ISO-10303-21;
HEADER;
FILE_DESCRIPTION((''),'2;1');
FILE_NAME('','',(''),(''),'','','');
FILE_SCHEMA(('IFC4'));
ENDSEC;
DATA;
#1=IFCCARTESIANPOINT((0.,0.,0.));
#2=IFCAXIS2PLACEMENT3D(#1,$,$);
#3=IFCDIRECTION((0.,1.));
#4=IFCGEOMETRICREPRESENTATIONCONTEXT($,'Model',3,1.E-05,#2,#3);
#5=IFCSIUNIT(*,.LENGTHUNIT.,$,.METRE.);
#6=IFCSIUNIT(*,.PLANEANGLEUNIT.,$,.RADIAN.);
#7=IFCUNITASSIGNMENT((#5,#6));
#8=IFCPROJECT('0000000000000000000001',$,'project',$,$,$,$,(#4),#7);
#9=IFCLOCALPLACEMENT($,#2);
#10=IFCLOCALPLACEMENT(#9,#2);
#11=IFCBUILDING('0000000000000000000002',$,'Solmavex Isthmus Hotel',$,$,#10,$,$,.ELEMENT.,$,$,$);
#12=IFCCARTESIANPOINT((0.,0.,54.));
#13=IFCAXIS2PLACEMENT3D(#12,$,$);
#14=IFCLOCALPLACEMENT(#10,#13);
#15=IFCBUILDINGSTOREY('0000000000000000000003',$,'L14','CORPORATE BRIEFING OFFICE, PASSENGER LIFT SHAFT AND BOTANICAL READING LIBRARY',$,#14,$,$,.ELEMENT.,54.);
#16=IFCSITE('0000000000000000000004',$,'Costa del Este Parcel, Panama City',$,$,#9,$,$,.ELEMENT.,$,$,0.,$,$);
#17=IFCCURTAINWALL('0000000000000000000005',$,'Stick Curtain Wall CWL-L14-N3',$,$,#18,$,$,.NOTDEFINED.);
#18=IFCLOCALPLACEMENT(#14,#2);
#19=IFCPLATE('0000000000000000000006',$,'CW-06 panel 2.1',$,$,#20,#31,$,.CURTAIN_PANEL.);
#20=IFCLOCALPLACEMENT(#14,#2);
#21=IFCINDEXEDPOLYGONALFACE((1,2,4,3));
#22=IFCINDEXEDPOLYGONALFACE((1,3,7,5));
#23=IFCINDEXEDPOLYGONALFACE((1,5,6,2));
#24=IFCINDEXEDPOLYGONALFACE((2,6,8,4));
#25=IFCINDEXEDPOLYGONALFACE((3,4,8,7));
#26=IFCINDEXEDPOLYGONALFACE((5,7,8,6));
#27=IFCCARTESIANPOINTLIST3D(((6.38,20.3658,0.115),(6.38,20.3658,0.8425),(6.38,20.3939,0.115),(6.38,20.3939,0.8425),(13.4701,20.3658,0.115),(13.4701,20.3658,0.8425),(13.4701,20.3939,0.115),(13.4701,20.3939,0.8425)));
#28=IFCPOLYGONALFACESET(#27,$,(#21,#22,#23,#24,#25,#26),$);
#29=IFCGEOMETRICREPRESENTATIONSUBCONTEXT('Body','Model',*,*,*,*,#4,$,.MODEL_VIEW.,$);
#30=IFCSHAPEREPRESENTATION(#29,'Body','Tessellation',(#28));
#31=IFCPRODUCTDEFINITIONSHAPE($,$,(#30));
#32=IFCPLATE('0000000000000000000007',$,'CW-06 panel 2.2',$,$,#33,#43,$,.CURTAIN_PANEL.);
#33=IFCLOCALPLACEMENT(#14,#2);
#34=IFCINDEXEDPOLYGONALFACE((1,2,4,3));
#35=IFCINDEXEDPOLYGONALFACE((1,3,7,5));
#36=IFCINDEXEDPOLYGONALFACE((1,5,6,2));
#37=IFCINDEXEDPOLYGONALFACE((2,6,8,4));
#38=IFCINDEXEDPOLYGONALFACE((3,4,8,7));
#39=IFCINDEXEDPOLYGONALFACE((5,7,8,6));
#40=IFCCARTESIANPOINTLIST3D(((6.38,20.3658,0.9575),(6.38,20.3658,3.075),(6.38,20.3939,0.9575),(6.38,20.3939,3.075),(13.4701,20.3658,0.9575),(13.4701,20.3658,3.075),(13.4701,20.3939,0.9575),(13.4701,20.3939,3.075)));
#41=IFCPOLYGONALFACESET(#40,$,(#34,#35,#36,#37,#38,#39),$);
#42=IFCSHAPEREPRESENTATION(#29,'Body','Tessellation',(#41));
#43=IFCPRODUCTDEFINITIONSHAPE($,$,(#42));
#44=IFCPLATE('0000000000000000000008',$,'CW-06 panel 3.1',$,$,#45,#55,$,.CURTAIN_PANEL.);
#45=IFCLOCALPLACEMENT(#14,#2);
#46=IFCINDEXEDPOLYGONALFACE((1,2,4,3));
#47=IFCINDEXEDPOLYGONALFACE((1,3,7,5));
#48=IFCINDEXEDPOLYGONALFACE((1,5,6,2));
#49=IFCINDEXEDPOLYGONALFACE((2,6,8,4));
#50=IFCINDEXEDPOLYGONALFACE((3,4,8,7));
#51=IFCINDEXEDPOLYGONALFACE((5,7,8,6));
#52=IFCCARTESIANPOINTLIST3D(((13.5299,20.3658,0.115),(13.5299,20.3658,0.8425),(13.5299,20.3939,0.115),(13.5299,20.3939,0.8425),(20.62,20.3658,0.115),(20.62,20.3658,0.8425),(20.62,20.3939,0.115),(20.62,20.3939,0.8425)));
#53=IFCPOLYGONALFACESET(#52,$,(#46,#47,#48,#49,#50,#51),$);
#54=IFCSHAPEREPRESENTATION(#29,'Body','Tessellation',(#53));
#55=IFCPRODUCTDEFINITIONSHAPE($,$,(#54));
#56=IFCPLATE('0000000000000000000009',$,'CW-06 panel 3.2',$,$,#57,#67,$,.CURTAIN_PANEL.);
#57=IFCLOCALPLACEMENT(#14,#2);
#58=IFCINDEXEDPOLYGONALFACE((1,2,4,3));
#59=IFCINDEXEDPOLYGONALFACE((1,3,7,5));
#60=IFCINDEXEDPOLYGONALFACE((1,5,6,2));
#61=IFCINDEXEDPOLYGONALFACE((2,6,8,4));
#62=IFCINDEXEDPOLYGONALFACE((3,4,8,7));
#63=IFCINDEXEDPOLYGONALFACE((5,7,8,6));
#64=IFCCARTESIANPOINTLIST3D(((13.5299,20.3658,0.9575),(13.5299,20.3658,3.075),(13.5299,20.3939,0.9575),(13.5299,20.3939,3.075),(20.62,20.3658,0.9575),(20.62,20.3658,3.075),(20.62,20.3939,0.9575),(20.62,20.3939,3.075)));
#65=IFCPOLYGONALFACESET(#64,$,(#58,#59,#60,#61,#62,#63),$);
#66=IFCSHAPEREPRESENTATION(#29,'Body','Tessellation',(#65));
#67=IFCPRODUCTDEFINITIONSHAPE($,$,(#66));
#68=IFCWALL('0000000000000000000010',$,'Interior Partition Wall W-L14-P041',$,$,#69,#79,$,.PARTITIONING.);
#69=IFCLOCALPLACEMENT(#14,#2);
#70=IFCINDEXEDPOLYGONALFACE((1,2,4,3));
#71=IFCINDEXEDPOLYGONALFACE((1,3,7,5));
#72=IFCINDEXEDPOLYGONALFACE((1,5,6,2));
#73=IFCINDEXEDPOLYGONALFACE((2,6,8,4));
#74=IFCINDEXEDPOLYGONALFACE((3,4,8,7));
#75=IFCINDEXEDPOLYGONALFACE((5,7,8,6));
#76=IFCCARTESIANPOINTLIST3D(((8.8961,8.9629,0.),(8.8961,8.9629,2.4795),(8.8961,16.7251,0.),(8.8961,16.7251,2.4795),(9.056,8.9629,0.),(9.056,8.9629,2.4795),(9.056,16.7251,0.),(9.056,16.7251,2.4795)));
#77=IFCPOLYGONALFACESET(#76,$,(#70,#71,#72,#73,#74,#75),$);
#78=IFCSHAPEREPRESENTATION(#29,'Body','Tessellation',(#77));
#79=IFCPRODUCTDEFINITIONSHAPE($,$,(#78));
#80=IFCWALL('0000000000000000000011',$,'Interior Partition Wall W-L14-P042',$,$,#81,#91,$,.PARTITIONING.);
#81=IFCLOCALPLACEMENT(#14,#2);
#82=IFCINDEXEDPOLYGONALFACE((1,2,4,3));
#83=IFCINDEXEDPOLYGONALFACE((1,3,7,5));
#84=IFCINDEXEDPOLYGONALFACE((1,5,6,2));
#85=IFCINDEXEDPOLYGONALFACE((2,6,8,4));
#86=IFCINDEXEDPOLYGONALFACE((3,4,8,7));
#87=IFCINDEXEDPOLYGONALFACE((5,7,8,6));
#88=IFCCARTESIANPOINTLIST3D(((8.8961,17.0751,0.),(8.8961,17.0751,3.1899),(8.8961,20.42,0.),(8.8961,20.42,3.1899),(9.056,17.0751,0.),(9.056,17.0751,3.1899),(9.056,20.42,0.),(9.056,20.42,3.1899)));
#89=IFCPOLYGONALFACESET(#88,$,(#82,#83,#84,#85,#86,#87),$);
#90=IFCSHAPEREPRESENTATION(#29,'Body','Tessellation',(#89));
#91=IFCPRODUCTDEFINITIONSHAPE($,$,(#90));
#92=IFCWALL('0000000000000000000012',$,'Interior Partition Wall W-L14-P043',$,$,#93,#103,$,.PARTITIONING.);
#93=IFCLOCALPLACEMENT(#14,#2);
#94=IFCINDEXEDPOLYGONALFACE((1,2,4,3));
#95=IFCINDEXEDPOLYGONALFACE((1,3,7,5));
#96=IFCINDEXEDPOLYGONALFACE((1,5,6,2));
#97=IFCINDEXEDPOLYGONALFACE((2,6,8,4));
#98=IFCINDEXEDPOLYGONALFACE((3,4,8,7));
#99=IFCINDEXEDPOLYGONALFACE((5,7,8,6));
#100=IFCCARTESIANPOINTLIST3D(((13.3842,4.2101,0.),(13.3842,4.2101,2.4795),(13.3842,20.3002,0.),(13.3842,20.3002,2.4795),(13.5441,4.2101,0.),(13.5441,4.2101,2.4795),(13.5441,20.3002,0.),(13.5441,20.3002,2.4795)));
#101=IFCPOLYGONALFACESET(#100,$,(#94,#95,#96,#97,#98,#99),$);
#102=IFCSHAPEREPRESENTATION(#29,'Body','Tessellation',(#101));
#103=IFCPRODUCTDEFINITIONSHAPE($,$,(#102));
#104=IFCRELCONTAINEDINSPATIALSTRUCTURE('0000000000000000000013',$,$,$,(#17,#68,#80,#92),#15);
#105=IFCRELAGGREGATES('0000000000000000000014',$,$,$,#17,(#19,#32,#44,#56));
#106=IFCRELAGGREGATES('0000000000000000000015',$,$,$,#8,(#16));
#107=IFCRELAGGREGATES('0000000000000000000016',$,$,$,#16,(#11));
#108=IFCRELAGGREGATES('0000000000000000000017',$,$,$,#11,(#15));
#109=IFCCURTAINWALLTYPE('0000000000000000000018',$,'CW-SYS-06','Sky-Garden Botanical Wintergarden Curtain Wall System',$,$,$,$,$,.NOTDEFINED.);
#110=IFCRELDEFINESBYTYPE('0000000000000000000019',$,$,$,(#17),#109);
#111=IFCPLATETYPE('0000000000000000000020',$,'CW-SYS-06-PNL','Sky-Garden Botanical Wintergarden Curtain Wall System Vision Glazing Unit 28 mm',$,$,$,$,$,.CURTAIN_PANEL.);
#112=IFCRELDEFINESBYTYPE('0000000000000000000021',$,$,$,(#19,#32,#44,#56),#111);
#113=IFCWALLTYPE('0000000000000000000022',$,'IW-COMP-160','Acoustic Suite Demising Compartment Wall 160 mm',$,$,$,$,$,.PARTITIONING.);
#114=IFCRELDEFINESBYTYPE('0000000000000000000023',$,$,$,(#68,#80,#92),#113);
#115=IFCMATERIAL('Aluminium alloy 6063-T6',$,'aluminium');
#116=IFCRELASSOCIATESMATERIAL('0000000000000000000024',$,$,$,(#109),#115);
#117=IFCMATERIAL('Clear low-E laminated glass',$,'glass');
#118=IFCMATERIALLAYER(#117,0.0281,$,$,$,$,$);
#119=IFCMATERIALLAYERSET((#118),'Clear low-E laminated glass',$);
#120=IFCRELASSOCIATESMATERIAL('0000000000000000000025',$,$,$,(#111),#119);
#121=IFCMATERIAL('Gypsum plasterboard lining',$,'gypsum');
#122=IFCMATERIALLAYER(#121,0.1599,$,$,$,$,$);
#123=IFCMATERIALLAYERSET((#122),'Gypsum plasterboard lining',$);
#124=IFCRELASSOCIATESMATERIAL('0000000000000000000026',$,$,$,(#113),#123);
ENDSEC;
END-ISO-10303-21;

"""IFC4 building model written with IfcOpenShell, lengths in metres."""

from ifc_helpers import new_model, si_unit, direction, frame, frame_2d, origin, origin_2d, place, context, subcontext, project, spatial, rectangle, extrude, material, layer, layer_set, type_object, element, aggregate, save


model = new_model("IFC4")

# Units and contexts
model_context = context("Model", 3, precision=1e-05, world=origin(), true_north=direction((0.0, 1.0)))
body_context = subcontext(model_context, "Body", "Model", "MODEL_VIEW")
ifc_project = project(units=[si_unit("LENGTHUNIT", "METRE"), si_unit("PLANEANGLEUNIT", "RADIAN")], contexts=[model_context])

# Site, building, storey
site_placement = place(None, origin())
site = spatial("IfcSite", under=ifc_project, at=site_placement, Name="Costa del Este Parcel, Panama City", CompositionType="ELEMENT", RefElevation=0.0)
building_placement = place(site_placement, origin())
building = spatial("IfcBuilding", under=site, at=building_placement, Name="Solmavex Isthmus Hotel", CompositionType="ELEMENT")
storey_placement = place(building_placement, frame((0.0, 0.0, 54.0)))
storey = spatial("IfcBuildingStorey", under=building, at=storey_placement, Name="L14", Description="CORPORATE BRIEFING OFFICE, PASSENGER LIFT SHAFT AND BOTANICAL READING LIBRARY", CompositionType="ELEMENT", Elevation=54.0)

# Curtain wall, plates
ifc_material_1 = material(Name="Aluminium alloy 6063-T6", Category="aluminium")
curtain_wall_type = type_object("IfcCurtainWallType", Name="CW-SYS-06", Description="Sky-Garden Botanical Wintergarden Curtain Wall System", PredefinedType="NOTDEFINED", material=ifc_material_1)
curtain_wall_placement = place(storey_placement, origin())
curtain_wall = element("IfcCurtainWall", 1, at=curtain_wall_placement, inside=storey, type_object=curtain_wall_type, Name="Stick Curtain Wall CWL-L14-N3", PredefinedType="NOTDEFINED")
ifc_material_2 = material(Name="Clear low-E laminated glass", Category="glass")
ifc_layer_1 = layer(ifc_material_2, 0.0281)
ifc_layer_set_1 = layer_set([ifc_layer_1], Name="Clear low-E laminated glass")
plate_type = type_object("IfcPlateType", Name="CW-SYS-06-PNL", Description="Sky-Garden Botanical Wintergarden Curtain Wall System Vision Glazing Unit 28 mm", PredefinedType="CURTAIN_PANEL", material=ifc_layer_set_1)
plate_1_placement = place(storey_placement, frame((9.925, 20.3799, 0.115), z_axis=(0.0, 0.0, 1.0), x_axis=(1.0, 0.0, 0.0)))
plate_1 = element("IfcPlate", 2, at=plate_1_placement, type_object=plate_type, Name="CW-06 panel 2.1", PredefinedType="CURTAIN_PANEL", context=body_context, shape_type="SweptSolid", body=[
    extrude(rectangle(XDim=7.0901, YDim=0.0281, at=origin_2d()), origin(), (0.0, 0.0, 1.0), 0.7275),
])
plate_2_placement = place(storey_placement, frame((9.925, 20.3799, 0.9575), z_axis=(0.0, 0.0, 1.0), x_axis=(1.0, 0.0, 0.0)))
plate_2 = element("IfcPlate", 3, at=plate_2_placement, type_object=plate_type, Name="CW-06 panel 2.2", PredefinedType="CURTAIN_PANEL", context=body_context, shape_type="SweptSolid", body=[
    extrude(rectangle(XDim=7.0901, YDim=0.0281, at=origin_2d()), origin(), (0.0, 0.0, 1.0), 2.1174),
])
plate_3_placement = place(storey_placement, frame((17.075, 20.3799, 0.115), z_axis=(0.0, 0.0, 1.0), x_axis=(1.0, 0.0, 0.0)))
plate_3 = element("IfcPlate", 4, at=plate_3_placement, type_object=plate_type, Name="CW-06 panel 3.1", PredefinedType="CURTAIN_PANEL", context=body_context, shape_type="SweptSolid", body=[
    extrude(rectangle(XDim=7.0901, YDim=0.0281, at=origin_2d()), origin(), (0.0, 0.0, 1.0), 0.7275),
])
plate_4_placement = place(storey_placement, frame((17.075, 20.3799, 0.9575), z_axis=(0.0, 0.0, 1.0), x_axis=(1.0, 0.0, 0.0)))
plate_4 = element("IfcPlate", 5, at=plate_4_placement, type_object=plate_type, Name="CW-06 panel 3.2", PredefinedType="CURTAIN_PANEL", context=body_context, shape_type="SweptSolid", body=[
    extrude(rectangle(XDim=7.0901, YDim=0.0281, at=origin_2d()), origin(), (0.0, 0.0, 1.0), 2.1174),
])
aggregate(curtain_wall, [plate_1, plate_2, plate_3, plate_4])

# Walls
ifc_material_3 = material(Name="Gypsum plasterboard lining", Category="gypsum")
ifc_layer_2 = layer(ifc_material_3, 0.1599)
ifc_layer_set_2 = layer_set([ifc_layer_2], Name="Gypsum plasterboard lining")
wall_type = type_object("IfcWallType", Name="IW-COMP-160", Description="Acoustic Suite Demising Compartment Wall 160 mm", PredefinedType="PARTITIONING", material=ifc_layer_set_2)
wall_1_placement = place(storey_placement, frame((8.9761, 16.7251, 0.0), z_axis=(0.0, 0.0, 1.0), x_axis=(0.0, -1.0, 0.0)))
element("IfcWall", 6, at=wall_1_placement, inside=storey, type_object=wall_type, Name="Interior Partition Wall W-L14-P041", PredefinedType="PARTITIONING", context=body_context, shape_type="SweptSolid", body=[
    extrude(rectangle(XDim=7.7622, YDim=0.1599, at=frame_2d((3.8811, 0.0))), origin(), (0.0, 0.0, 1.0), 2.4795),
])
wall_2_placement = place(storey_placement, frame((8.9761, 20.4199, 0.0), z_axis=(0.0, 0.0, 1.0), x_axis=(0.0, -1.0, 0.0)))
element("IfcWall", 7, at=wall_2_placement, inside=storey, type_object=wall_type, Name="Interior Partition Wall W-L14-P042", PredefinedType="PARTITIONING", context=body_context, shape_type="SweptSolid", body=[
    extrude(rectangle(XDim=3.345, YDim=0.1599, at=frame_2d((1.6724, 0.0))), origin(), (0.0, 0.0, 1.0), 3.1899),
])
wall_3_placement = place(storey_placement, frame((13.4641, 20.3, 0.0), z_axis=(0.0, 0.0, 1.0), x_axis=(0.0, -1.0, 0.0)))
element("IfcWall", 8, at=wall_3_placement, inside=storey, type_object=wall_type, Name="Interior Partition Wall W-L14-P043", PredefinedType="PARTITIONING", context=body_context, shape_type="SweptSolid", body=[
    extrude(rectangle(XDim=16.0901, YDim=0.1599, at=frame_2d((8.0449, 0.0))), origin(), (0.0, 0.0, 1.0), 2.4795),
])

save(model, "model.ifc")
